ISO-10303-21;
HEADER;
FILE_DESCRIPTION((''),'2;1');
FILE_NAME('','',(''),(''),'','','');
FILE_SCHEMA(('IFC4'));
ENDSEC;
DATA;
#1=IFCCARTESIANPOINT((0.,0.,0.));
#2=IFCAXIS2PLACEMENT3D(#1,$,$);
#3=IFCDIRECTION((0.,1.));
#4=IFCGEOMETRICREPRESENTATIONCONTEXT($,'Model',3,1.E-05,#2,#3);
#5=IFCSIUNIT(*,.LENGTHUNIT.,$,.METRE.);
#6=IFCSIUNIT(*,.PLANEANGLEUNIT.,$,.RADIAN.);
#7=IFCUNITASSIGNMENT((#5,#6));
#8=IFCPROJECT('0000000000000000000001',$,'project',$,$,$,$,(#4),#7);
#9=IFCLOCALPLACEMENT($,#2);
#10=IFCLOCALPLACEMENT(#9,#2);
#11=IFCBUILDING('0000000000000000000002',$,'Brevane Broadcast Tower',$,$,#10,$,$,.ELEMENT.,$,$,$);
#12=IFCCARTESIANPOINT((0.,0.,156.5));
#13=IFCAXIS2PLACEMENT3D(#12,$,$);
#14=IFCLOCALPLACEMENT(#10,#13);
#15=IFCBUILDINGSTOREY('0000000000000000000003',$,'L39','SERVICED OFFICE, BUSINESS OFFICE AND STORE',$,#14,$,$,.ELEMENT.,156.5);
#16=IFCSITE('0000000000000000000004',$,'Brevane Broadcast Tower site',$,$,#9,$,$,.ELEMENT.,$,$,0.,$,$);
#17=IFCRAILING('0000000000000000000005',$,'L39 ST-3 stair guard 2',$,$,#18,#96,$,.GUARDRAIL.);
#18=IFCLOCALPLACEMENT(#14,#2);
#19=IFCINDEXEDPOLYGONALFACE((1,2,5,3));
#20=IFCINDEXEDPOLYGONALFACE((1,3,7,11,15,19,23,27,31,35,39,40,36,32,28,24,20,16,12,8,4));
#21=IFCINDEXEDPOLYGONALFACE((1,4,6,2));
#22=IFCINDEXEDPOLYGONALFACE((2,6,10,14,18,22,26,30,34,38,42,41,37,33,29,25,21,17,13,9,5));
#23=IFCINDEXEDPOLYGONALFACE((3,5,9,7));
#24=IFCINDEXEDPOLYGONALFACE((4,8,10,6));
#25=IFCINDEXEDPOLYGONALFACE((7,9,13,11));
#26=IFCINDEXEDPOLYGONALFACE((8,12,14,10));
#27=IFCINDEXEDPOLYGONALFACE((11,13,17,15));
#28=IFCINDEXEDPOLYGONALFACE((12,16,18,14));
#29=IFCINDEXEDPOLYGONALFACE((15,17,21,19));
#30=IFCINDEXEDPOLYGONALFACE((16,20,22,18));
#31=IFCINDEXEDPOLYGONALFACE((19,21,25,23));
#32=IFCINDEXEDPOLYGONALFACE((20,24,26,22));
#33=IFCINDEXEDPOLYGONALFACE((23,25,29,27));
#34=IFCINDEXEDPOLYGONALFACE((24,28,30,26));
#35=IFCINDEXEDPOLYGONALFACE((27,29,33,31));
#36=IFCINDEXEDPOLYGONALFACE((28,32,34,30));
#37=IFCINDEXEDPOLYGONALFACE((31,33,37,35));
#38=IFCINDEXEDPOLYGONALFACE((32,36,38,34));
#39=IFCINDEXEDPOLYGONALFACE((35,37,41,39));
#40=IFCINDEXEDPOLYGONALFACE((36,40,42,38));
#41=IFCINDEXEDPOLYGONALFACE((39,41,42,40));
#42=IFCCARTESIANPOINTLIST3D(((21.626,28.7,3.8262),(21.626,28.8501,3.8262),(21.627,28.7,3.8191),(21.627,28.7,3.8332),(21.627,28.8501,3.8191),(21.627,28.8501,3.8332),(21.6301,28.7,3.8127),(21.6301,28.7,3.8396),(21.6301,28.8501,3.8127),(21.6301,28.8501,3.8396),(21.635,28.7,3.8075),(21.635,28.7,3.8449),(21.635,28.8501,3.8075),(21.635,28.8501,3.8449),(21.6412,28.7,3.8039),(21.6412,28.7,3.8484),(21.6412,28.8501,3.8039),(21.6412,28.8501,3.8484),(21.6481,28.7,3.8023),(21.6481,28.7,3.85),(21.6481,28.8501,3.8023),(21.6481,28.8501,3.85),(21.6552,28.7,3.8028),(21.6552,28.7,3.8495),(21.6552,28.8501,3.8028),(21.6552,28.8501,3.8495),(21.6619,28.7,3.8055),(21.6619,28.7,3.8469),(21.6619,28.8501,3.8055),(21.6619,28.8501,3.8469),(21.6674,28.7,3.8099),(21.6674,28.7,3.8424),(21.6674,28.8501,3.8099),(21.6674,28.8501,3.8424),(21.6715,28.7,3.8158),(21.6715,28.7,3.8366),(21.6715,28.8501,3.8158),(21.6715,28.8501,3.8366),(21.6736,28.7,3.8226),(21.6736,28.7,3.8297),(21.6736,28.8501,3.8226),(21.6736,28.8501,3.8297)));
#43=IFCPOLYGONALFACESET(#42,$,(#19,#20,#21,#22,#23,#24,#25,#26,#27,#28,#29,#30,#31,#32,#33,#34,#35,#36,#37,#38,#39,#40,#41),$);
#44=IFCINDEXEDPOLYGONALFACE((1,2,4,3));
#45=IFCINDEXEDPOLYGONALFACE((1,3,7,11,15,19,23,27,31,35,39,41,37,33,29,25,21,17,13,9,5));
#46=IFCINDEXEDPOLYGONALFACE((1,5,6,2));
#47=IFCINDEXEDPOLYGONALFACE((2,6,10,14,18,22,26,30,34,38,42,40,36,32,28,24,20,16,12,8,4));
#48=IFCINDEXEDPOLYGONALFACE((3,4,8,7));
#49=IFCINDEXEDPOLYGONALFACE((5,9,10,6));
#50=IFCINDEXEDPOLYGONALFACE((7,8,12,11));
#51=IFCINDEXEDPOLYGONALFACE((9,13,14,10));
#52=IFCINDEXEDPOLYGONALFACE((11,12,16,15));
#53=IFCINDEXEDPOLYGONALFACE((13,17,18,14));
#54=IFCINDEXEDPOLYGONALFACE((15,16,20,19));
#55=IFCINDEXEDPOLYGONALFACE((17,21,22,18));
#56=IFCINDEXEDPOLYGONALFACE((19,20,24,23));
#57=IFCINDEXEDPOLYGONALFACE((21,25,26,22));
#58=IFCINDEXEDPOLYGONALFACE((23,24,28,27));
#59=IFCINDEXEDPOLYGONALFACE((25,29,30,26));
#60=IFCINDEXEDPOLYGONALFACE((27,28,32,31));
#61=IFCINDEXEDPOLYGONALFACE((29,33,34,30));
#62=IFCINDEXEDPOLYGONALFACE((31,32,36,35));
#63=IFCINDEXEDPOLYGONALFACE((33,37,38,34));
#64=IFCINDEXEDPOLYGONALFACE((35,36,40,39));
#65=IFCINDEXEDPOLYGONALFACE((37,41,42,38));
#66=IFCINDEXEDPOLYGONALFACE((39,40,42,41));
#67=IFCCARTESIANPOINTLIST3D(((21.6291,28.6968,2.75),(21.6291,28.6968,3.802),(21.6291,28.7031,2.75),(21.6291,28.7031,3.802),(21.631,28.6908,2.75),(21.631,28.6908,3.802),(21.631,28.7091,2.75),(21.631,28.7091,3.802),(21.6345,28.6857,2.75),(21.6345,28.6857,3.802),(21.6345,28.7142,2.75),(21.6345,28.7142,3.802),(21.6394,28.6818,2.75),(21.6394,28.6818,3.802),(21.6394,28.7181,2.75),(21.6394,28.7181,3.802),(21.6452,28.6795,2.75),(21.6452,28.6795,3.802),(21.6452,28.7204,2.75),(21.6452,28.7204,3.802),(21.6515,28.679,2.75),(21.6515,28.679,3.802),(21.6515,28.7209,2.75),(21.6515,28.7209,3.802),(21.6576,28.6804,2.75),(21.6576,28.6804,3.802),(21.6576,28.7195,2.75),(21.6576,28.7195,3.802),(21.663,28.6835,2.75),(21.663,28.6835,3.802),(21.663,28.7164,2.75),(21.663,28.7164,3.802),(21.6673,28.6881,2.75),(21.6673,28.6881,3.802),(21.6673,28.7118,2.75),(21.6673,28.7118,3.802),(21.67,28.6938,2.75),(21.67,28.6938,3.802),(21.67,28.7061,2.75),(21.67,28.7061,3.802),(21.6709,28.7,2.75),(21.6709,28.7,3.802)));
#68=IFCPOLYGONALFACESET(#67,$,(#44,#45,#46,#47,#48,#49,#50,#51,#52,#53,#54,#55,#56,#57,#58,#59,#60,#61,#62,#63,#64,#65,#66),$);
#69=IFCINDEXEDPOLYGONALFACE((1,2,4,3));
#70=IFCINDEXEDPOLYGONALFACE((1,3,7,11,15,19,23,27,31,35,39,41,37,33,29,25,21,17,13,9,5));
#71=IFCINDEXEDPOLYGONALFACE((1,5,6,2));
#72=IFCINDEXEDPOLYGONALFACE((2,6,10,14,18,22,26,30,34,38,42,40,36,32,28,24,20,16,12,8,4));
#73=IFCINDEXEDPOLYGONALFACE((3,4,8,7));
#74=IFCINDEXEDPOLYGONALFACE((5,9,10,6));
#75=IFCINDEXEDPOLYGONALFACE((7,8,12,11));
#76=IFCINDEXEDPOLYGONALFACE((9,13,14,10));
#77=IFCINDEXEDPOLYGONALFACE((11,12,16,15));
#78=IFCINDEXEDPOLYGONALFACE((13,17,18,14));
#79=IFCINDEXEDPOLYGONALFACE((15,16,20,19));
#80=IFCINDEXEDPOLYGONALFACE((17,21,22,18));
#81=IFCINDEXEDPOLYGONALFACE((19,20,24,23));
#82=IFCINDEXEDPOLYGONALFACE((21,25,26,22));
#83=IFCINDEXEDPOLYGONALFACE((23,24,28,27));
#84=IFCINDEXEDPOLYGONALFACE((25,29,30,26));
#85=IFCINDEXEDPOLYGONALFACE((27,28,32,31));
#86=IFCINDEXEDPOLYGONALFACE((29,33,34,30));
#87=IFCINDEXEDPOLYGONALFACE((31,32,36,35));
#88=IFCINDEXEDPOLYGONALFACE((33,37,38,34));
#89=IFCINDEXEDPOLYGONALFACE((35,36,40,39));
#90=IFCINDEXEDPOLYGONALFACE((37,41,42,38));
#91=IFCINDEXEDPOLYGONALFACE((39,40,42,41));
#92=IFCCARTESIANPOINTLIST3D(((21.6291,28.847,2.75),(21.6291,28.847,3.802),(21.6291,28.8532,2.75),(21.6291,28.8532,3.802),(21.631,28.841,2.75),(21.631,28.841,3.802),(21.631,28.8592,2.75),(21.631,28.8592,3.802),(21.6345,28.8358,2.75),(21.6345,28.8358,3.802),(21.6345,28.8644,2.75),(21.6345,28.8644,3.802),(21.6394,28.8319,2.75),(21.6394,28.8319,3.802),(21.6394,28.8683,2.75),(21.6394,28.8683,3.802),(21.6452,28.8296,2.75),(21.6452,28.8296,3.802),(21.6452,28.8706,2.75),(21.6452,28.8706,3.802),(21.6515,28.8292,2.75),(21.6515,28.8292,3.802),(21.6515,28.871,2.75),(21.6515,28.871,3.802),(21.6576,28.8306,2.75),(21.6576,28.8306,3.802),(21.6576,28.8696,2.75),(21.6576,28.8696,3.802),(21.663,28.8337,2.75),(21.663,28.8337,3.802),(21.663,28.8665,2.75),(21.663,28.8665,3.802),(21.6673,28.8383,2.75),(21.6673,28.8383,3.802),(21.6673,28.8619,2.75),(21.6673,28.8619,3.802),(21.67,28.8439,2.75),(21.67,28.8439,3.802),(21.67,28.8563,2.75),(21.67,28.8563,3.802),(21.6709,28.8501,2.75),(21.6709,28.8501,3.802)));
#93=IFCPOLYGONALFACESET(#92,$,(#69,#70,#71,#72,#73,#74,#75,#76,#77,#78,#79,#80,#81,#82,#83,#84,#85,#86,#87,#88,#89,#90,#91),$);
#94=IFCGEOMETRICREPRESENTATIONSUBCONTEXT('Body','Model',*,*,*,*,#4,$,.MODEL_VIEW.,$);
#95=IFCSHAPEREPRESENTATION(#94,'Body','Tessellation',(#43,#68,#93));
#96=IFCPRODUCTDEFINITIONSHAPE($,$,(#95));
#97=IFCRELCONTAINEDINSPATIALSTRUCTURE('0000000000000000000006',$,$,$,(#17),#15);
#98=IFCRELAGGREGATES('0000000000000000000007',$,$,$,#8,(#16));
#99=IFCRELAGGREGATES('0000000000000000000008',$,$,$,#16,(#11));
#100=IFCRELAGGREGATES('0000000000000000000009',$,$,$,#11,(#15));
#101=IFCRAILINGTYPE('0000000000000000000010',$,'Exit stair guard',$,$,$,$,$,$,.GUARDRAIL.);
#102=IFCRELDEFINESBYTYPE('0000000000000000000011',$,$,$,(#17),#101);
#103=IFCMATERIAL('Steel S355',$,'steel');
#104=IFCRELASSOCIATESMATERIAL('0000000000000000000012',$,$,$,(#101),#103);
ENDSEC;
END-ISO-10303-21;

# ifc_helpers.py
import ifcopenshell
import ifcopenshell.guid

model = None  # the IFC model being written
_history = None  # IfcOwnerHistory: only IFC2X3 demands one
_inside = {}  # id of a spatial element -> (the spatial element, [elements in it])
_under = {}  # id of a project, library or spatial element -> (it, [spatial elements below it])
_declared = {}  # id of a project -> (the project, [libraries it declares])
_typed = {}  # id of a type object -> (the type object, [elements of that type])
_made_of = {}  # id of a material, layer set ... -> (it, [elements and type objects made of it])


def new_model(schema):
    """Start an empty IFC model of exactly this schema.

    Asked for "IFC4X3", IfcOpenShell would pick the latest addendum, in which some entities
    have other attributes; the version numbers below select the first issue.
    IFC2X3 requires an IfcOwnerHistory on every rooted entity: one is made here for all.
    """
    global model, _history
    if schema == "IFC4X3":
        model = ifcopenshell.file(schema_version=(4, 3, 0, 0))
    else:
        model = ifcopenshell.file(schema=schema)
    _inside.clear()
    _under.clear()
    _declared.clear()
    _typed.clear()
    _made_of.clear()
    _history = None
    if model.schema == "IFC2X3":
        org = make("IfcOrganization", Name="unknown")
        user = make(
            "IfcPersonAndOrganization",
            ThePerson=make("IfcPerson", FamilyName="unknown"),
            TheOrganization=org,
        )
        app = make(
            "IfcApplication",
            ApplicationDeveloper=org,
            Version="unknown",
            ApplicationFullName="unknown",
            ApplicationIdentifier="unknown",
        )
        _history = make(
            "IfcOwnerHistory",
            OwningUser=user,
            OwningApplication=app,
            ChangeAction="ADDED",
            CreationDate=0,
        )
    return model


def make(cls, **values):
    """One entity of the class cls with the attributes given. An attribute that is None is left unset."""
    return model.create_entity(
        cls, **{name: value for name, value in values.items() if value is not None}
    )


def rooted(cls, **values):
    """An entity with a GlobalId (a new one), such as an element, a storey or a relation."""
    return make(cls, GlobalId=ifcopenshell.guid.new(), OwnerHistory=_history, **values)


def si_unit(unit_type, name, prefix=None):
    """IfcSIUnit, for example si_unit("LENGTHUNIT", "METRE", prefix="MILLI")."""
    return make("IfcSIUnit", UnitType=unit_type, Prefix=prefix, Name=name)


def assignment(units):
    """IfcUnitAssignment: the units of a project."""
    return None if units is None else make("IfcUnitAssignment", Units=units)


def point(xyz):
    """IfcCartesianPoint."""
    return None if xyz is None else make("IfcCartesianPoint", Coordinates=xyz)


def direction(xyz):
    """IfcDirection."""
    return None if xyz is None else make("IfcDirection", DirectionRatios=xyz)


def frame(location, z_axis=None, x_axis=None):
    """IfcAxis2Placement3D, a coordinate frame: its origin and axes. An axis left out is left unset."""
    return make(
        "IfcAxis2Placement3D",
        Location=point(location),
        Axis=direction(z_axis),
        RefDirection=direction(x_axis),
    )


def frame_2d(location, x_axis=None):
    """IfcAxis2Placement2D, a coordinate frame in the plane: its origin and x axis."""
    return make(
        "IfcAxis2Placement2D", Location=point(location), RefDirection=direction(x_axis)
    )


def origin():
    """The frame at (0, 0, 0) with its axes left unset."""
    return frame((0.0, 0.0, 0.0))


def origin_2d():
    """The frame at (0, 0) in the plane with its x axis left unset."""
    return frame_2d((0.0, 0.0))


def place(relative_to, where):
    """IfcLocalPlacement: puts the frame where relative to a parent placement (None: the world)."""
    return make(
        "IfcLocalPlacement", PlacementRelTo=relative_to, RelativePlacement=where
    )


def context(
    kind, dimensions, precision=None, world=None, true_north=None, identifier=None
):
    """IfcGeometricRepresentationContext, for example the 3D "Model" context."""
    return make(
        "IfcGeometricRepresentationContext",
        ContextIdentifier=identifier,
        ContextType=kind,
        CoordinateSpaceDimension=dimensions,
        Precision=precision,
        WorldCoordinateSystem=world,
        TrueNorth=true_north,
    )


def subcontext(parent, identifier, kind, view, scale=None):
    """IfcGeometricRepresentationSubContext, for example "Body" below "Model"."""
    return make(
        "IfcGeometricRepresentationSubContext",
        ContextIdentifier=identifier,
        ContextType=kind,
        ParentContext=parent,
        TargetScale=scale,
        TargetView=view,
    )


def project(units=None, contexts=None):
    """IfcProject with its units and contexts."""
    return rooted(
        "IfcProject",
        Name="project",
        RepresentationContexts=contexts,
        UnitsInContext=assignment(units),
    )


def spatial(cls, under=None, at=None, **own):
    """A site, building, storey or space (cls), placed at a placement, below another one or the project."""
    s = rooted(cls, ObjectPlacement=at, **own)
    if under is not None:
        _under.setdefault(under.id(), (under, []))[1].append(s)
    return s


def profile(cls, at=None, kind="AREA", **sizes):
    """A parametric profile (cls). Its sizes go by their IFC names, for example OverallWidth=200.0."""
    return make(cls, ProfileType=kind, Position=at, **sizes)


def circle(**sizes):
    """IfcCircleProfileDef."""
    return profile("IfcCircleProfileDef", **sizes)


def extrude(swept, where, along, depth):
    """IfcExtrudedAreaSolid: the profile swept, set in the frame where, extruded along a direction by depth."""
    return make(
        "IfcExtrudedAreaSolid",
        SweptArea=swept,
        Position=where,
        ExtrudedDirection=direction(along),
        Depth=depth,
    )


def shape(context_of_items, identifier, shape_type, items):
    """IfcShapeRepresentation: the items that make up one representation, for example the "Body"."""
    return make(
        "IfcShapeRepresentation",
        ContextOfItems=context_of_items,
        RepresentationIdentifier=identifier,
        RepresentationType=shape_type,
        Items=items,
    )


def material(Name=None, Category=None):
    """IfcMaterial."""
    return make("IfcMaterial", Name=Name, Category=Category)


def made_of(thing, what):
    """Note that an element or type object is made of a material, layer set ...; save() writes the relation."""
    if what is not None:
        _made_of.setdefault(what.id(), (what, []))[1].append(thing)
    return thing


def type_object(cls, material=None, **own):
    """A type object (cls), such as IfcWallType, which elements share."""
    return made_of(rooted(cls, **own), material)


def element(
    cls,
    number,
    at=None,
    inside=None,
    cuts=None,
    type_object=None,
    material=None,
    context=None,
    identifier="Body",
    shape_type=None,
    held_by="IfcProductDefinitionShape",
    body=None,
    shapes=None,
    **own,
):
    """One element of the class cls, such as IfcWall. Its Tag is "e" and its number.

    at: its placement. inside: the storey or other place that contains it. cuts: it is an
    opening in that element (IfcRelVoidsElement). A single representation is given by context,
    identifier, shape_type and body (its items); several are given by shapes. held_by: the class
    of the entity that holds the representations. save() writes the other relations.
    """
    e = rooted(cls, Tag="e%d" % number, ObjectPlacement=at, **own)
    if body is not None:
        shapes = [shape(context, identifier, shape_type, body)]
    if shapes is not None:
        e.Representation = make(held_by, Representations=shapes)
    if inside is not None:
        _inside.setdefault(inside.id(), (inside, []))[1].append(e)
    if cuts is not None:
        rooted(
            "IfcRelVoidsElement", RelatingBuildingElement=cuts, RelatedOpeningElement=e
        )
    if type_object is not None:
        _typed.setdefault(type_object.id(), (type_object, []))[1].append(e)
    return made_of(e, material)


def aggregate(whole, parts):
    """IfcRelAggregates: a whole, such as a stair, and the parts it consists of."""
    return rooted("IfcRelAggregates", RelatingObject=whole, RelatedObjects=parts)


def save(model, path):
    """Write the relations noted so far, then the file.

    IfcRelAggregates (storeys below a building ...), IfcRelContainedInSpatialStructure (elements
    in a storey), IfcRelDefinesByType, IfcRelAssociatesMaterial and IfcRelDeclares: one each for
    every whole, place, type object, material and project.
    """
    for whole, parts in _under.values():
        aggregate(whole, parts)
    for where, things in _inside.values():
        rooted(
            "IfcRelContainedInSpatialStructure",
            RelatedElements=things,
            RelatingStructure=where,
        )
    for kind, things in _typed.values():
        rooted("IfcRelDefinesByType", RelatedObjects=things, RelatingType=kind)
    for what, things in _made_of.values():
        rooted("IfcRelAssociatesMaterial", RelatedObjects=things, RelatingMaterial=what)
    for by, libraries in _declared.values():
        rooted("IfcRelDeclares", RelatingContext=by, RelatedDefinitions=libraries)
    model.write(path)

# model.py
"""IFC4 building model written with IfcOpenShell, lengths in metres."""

from ifc_helpers import new_model, si_unit, direction, frame, origin, origin_2d, place, context, subcontext, project, spatial, circle, extrude, material, type_object, element, save


model = new_model("IFC4")

# Units and contexts
model_context = context("Model", 3, precision=1e-05, world=origin(), true_north=direction((0.0, 1.0)))
body_context = subcontext(model_context, "Body", "Model", "MODEL_VIEW")
ifc_project = project(units=[si_unit("LENGTHUNIT", "METRE"), si_unit("PLANEANGLEUNIT", "RADIAN")], contexts=[model_context])

# Site, building, storey
site_placement = place(None, origin())
site = spatial("IfcSite", under=ifc_project, at=site_placement, Name="Brevane Broadcast Tower site", CompositionType="ELEMENT", RefElevation=0.0)
building_placement = place(site_placement, origin())
building = spatial("IfcBuilding", under=site, at=building_placement, Name="Brevane Broadcast Tower", CompositionType="ELEMENT")
storey_placement = place(building_placement, frame((0.0, 0.0, 156.5)))
storey = spatial("IfcBuildingStorey", under=building, at=storey_placement, Name="L39", Description="SERVICED OFFICE, BUSINESS OFFICE AND STORE", CompositionType="ELEMENT", Elevation=156.5)

# Railing
ifc_material_1 = material(Name="Steel S355", Category="steel")
railing_type_1 = type_object("IfcRailingType", Name="Exit stair guard", PredefinedType="GUARDRAIL", material=ifc_material_1)
railing_1_placement = place(storey_placement, frame((21.6499, 28.7, 2.75)))
element("IfcRailing", 1, at=railing_1_placement, inside=storey, type_object=railing_type_1, Name="L39 ST-3 stair guard 2", PredefinedType="GUARDRAIL", context=body_context, shape_type="SweptSolid", body=[
    extrude(circle(Radius=0.0239, at=origin_2d()), frame((0.0, 0.0, 1.0762), z_axis=(0.0, 1.0, 0.0), x_axis=(-1.0, 0.0, 0.0)), (0.0, 0.0, 1.0), 0.1501),
    extrude(circle(Radius=0.021, at=origin_2d()), origin(), (0.0, 0.0, 1.0), 1.052),
    extrude(circle(Radius=0.021, at=origin_2d()), frame((0.0, 0.1501, 0.0)), (0.0, 0.0, 1.0), 1.052),
])

save(model, "model.ifc")
